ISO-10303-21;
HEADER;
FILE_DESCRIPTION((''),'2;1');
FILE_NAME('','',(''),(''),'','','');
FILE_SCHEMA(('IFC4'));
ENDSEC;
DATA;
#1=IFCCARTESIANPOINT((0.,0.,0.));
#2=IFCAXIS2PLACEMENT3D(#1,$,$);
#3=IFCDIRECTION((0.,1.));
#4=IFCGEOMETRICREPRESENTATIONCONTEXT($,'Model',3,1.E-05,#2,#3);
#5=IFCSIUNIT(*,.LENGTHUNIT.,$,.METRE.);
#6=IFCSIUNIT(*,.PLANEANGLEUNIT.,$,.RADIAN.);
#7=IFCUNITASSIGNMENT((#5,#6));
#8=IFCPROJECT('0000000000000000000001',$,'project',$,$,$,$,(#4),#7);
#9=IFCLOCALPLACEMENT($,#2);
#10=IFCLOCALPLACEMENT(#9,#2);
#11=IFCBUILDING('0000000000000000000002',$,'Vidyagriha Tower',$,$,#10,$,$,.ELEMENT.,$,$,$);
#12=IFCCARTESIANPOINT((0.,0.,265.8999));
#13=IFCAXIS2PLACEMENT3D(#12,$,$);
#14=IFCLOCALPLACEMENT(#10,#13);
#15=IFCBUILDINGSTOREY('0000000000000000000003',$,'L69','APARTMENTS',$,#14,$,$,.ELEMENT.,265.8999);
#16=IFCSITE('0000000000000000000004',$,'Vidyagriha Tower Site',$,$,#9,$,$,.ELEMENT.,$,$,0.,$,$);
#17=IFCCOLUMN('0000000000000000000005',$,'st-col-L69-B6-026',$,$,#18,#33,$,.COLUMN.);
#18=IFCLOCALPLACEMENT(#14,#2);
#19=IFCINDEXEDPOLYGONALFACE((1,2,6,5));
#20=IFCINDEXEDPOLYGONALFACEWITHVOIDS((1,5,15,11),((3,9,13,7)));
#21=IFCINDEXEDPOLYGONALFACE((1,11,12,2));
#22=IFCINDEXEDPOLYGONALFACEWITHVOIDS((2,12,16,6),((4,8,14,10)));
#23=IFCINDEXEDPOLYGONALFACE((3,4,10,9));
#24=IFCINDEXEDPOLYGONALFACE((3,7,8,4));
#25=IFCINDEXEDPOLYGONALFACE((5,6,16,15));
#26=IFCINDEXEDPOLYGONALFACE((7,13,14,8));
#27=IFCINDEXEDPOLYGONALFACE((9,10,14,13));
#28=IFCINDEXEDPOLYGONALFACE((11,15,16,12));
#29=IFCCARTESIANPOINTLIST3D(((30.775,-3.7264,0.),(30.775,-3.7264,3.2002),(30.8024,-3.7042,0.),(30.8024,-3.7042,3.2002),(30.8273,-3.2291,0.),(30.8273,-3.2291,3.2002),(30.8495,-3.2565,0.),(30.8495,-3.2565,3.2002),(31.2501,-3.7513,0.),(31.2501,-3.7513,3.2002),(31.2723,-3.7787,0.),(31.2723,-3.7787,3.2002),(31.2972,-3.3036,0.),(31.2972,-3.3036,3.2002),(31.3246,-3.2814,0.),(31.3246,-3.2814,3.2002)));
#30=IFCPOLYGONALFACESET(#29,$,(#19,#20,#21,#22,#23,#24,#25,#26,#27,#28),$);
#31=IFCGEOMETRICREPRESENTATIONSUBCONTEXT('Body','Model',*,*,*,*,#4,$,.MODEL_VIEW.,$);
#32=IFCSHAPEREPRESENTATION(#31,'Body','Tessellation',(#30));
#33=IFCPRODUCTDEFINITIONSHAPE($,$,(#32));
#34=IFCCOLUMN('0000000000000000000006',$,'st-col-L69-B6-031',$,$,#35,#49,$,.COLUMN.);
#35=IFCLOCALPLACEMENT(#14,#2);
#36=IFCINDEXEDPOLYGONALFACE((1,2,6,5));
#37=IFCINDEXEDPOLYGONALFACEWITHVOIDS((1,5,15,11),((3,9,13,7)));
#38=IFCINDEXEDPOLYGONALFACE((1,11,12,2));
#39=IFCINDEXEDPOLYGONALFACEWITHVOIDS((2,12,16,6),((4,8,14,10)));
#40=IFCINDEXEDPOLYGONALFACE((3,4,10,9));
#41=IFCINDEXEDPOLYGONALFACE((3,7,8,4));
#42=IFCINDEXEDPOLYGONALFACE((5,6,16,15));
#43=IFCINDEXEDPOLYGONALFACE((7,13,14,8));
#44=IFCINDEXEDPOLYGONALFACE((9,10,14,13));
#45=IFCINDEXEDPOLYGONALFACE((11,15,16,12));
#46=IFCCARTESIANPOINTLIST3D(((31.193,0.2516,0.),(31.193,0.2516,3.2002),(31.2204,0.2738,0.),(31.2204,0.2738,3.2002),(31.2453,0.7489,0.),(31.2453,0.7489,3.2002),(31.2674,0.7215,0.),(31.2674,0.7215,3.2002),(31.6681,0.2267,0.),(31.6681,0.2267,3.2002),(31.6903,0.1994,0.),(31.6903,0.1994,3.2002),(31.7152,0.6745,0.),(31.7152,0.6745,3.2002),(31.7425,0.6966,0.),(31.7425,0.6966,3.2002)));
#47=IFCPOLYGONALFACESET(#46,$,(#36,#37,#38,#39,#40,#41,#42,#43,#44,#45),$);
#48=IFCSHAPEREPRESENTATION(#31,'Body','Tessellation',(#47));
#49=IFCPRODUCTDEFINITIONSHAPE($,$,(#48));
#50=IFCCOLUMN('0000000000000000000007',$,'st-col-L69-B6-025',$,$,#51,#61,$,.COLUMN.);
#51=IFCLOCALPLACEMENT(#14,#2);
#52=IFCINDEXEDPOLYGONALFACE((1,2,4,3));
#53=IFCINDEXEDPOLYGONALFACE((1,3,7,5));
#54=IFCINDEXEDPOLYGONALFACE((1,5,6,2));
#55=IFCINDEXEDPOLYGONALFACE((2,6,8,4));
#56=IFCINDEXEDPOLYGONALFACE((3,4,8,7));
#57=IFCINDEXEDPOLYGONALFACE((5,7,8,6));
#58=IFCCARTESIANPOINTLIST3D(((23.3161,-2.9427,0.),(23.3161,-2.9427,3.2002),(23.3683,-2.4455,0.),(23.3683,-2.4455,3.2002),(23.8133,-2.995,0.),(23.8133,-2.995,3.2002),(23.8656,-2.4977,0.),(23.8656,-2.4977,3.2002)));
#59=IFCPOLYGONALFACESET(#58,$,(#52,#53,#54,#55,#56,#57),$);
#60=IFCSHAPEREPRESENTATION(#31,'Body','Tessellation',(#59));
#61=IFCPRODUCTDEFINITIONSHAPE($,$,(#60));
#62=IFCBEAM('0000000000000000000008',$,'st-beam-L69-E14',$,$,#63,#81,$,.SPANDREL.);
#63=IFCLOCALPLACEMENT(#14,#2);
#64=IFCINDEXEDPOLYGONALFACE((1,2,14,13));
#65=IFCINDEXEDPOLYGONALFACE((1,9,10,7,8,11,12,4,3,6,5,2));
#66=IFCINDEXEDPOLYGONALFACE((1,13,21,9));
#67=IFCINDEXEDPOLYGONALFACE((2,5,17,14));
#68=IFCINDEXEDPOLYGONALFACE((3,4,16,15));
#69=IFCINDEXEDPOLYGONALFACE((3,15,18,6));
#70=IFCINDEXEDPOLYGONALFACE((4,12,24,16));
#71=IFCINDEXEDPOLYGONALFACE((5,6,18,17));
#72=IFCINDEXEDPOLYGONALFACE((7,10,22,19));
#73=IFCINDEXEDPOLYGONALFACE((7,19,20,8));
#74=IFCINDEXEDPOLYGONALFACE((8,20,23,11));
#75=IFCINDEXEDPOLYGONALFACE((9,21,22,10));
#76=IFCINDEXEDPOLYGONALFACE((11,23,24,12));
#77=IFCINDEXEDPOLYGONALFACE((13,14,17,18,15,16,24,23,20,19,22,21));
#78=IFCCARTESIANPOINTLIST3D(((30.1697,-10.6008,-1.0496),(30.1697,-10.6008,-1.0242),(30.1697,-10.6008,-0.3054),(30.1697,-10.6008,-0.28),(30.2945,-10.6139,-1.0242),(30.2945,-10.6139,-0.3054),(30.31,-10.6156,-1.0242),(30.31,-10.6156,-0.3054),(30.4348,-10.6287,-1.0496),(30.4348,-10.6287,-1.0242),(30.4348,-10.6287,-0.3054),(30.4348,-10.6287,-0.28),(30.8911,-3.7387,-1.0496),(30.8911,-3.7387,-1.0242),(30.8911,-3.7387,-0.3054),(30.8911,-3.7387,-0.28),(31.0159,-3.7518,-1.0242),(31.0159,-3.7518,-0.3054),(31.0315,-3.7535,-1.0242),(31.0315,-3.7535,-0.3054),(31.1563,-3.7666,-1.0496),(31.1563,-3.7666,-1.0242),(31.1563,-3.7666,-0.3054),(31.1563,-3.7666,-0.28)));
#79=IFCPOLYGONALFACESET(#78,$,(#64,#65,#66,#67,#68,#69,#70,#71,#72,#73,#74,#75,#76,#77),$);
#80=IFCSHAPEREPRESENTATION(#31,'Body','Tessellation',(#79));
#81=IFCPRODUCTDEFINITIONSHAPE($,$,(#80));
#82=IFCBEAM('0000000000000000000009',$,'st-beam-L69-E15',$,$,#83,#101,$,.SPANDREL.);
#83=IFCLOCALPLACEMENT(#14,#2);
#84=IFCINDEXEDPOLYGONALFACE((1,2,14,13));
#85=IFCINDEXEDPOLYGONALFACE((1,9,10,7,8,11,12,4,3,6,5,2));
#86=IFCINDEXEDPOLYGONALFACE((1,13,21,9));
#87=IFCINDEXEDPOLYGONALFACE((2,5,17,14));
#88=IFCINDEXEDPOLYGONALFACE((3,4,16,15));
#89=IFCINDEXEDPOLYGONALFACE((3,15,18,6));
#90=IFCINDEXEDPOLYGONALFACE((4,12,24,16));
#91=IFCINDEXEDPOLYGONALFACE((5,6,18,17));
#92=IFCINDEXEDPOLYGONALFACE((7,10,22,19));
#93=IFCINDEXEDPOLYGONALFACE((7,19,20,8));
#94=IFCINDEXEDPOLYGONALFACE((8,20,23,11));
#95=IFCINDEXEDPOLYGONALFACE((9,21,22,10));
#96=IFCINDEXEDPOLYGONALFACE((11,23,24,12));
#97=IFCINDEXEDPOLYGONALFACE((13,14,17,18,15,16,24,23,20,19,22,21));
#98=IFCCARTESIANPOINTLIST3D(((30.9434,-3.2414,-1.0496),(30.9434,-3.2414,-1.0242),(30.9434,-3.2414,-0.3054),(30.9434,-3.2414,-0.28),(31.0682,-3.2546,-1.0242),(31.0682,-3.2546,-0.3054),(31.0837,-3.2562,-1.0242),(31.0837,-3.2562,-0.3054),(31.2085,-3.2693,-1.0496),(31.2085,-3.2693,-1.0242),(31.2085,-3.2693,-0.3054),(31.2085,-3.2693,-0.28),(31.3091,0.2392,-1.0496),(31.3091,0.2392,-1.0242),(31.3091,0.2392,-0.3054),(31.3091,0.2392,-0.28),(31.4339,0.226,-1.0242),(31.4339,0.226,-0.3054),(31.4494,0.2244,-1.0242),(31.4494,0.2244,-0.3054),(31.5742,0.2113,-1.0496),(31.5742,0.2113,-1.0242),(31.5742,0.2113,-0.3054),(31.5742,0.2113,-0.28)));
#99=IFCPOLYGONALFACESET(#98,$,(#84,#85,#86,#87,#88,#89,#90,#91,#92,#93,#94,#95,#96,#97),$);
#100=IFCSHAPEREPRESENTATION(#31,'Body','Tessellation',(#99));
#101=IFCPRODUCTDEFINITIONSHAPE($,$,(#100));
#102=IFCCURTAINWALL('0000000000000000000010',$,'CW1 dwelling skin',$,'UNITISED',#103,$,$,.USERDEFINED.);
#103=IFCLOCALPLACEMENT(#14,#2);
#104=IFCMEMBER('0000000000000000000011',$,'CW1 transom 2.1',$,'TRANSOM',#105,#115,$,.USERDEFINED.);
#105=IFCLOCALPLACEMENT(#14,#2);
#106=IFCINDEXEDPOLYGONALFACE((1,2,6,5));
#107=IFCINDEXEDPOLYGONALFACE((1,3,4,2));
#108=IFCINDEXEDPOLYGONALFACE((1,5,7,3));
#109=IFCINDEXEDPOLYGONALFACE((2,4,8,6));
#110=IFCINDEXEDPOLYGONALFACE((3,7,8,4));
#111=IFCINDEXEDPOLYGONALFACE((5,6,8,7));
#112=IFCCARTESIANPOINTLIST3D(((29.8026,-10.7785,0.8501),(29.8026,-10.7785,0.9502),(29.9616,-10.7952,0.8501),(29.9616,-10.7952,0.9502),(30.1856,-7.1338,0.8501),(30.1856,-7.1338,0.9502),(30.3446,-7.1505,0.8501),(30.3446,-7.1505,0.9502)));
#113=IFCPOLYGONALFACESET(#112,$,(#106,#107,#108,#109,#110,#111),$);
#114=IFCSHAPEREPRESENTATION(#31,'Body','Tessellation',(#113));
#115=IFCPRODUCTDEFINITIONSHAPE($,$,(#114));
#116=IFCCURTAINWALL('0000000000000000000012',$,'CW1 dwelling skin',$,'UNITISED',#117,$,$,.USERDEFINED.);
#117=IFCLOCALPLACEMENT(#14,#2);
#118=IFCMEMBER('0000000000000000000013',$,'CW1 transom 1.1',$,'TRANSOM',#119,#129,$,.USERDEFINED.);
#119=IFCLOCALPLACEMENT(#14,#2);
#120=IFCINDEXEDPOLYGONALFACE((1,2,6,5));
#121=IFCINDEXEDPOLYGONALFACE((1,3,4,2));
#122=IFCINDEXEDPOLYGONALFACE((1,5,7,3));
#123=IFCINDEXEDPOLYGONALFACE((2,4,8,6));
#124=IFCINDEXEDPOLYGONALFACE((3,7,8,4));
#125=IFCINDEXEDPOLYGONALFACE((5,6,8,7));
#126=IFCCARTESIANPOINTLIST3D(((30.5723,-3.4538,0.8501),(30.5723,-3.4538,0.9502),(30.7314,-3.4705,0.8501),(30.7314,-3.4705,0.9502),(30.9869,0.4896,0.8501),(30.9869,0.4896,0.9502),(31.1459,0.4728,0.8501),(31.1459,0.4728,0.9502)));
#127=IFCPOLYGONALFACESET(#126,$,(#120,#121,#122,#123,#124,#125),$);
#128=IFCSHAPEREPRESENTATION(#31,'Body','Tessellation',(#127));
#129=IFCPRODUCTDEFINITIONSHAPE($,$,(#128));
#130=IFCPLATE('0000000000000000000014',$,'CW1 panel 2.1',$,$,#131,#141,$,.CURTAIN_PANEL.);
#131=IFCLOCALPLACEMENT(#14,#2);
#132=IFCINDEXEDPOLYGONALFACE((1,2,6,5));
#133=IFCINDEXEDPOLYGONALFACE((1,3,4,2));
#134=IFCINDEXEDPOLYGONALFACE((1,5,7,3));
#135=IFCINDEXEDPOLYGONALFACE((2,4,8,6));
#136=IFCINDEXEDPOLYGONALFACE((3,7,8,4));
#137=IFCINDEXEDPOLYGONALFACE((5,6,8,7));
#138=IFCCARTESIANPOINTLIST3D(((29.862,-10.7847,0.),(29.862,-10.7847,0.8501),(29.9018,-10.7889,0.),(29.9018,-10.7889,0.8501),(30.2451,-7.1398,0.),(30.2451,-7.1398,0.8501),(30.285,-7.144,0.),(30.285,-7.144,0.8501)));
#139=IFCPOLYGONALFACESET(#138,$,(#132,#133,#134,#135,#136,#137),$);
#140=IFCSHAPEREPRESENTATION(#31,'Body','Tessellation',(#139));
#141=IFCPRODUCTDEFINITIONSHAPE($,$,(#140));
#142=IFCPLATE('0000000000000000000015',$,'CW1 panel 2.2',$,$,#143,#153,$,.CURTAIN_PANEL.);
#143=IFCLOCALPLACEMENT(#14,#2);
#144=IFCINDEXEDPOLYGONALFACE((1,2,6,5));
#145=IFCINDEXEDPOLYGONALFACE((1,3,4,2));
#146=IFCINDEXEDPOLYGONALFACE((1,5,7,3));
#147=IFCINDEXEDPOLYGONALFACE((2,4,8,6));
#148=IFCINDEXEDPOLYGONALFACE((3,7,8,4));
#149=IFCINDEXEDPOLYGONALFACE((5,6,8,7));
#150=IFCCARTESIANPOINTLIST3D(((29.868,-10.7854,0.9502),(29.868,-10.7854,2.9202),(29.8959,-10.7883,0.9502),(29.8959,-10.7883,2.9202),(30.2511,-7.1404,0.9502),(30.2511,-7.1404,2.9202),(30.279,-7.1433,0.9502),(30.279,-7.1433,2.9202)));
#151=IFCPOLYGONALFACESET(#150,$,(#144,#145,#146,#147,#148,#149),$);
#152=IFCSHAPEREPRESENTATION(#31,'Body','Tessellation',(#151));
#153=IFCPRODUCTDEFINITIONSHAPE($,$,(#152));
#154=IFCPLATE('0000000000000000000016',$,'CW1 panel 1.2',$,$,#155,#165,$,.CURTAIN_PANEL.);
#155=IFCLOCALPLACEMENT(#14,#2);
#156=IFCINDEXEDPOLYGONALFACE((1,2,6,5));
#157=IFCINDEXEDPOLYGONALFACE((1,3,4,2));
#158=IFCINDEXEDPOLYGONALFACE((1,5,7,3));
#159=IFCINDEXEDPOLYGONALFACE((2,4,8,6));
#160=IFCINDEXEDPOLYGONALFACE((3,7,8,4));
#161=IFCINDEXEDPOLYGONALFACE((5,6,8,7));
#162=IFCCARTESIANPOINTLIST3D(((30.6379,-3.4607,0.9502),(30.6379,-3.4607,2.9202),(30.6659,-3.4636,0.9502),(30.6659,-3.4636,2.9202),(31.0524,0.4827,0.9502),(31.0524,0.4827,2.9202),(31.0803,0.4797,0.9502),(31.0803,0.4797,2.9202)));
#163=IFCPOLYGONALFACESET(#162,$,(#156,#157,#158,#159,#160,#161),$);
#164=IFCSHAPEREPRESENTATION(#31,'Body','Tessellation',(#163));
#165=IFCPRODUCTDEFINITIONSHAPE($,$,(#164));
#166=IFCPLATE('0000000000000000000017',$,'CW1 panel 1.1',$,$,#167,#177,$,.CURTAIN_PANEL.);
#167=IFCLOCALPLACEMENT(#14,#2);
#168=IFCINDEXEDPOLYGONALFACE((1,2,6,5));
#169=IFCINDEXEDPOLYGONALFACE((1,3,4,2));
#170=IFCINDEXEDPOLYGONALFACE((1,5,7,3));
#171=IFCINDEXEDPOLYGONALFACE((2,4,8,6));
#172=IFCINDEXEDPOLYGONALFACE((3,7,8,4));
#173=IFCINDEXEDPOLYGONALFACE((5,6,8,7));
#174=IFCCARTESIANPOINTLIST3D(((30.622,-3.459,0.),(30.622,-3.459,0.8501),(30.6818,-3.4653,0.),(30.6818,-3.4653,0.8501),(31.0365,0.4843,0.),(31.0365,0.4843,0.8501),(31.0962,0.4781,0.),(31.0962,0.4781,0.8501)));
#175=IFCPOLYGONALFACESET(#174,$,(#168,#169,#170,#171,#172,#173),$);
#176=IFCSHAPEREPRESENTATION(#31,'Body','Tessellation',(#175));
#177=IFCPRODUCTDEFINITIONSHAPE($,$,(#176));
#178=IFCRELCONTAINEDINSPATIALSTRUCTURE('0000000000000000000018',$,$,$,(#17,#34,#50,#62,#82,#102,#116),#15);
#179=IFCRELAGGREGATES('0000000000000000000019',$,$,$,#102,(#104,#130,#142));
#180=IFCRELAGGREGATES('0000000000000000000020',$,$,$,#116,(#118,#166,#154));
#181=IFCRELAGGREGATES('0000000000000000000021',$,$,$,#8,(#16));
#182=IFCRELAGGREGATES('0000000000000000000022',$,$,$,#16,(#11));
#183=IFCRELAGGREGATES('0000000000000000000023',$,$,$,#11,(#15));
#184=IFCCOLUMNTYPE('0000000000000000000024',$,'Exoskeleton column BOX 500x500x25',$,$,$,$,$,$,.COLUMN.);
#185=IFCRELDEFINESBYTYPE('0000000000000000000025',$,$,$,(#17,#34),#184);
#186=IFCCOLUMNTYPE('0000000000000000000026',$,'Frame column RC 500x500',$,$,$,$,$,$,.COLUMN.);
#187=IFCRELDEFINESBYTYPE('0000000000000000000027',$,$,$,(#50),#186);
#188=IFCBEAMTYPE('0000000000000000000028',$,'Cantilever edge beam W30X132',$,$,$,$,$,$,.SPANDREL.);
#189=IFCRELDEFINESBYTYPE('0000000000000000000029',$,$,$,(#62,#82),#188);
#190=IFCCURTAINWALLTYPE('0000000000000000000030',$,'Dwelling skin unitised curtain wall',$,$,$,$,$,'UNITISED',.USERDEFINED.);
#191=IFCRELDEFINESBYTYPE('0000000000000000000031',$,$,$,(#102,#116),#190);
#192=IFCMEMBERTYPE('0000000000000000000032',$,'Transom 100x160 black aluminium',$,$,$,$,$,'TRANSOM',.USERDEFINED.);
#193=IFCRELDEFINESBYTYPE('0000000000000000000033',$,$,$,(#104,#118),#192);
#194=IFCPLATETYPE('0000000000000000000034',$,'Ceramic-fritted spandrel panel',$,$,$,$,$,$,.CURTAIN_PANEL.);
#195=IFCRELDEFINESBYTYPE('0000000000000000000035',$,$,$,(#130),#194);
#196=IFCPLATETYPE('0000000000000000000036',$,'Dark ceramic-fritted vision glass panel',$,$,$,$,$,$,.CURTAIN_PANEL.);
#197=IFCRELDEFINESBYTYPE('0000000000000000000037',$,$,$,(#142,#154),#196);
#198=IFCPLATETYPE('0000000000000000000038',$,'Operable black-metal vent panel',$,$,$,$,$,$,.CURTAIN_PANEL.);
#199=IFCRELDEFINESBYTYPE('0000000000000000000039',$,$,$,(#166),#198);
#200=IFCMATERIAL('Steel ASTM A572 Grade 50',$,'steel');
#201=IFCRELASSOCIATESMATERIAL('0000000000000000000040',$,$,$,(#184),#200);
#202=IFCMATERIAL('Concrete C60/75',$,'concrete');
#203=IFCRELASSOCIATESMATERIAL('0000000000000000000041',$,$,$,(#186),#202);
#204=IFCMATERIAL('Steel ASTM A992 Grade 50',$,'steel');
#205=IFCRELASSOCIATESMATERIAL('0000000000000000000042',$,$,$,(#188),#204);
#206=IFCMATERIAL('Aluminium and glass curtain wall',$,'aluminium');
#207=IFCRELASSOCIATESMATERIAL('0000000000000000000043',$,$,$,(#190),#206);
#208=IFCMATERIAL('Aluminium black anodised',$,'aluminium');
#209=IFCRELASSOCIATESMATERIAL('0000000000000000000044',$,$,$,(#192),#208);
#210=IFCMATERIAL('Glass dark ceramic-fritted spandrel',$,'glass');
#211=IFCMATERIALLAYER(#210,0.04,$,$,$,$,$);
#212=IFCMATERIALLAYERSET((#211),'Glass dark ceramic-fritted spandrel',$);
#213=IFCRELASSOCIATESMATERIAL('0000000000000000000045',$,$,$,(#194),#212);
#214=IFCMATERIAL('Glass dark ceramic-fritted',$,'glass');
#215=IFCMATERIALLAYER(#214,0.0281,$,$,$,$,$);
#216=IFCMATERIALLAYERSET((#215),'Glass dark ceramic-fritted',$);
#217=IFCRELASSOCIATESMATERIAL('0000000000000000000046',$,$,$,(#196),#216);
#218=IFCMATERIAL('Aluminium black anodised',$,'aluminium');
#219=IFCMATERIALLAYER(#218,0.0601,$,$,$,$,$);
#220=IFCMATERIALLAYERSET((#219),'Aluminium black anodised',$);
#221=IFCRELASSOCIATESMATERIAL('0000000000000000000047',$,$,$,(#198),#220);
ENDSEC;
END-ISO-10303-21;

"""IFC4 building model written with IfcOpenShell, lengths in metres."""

from ifc_helpers import new_model, si_unit, direction, frame, origin, origin_2d, place, context, subcontext, project, spatial, rectangle, hollow_rectangle, i_section, extrude, material, layer, layer_set, material_profile, profile_set, type_object, element, aggregate, save


model = new_model("IFC4")

# Units and contexts
model_context = context("Model", 3, precision=1e-05, world=origin(), true_north=direction((0.0, 1.0)))
body_context = subcontext(model_context, "Body", "Model", "MODEL_VIEW")
ifc_project = project(units=[si_unit("LENGTHUNIT", "METRE"), si_unit("PLANEANGLEUNIT", "RADIAN")], contexts=[model_context])

# Site, building, storey
site_placement = place(None, origin())
site = spatial("IfcSite", under=ifc_project, at=site_placement, Name="Vidyagriha Tower Site", CompositionType="ELEMENT", RefElevation=0.0)
building_placement = place(site_placement, origin())
building = spatial("IfcBuilding", under=site, at=building_placement, Name="Vidyagriha Tower", CompositionType="ELEMENT")
storey_placement = place(building_placement, frame((0.0, 0.0, 265.8999)))
storey = spatial("IfcBuildingStorey", under=building, at=storey_placement, Name="L69", Description="APARTMENTS", CompositionType="ELEMENT", Elevation=265.8999)

# Columns
ifc_material_1 = material(Name="Steel ASTM A572 Grade 50", Category="steel")
ifc_material_profile_1 = material_profile(ifc_material_1, hollow_rectangle(XDim=0.5, YDim=0.5, WallThickness=0.0249, at=origin_2d()), Name="BOX 500x500x25")
ifc_profile_set_1 = profile_set([ifc_material_profile_1], Name="Steel ASTM A572 Grade 50")
column_type_1 = type_object("IfcColumnType", Name="Exoskeleton column BOX 500x500x25", PredefinedType="COLUMN", material=ifc_profile_set_1)
for number, where, z_axis, x_axis, name in (
    (1, (31.0498, -3.5039, 0.0), (0.0, 0.0, 1.0), (0.994522, -0.104528, 0.0), "st-col-L69-B6-026"),
    (2, (31.4678, 0.4741, 0.0), (0.0, 0.0, 1.0), (0.994522, -0.104528, 0.0), "st-col-L69-B6-031"),
):
    element("IfcColumn", number, at=place(storey_placement, frame(where, z_axis=z_axis, x_axis=x_axis)), inside=storey, type_object=column_type_1, Name=name, PredefinedType="COLUMN", context=body_context, shape_type="SweptSolid", body=[
        extrude(hollow_rectangle(XDim=0.5, YDim=0.5, WallThickness=0.0249, at=origin_2d()), origin(), (0.0, 0.0, 1.0), 3.2002),
    ])
ifc_material_2 = material(Name="Concrete C60/75", Category="concrete")
ifc_material_profile_2 = material_profile(ifc_material_2, rectangle(XDim=0.5, YDim=0.5, at=origin_2d()), Name="RC 500x500")
ifc_profile_set_2 = profile_set([ifc_material_profile_2], Name="Concrete C60/75")
column_type_2 = type_object("IfcColumnType", Name="Frame column RC 500x500", PredefinedType="COLUMN", material=ifc_profile_set_2)
column_placement = place(storey_placement, frame((23.5908, -2.7202, 0.0), z_axis=(0.0, 0.0, 1.0), x_axis=(0.994522, -0.104528, 0.0)))
element("IfcColumn", 3, at=column_placement, inside=storey, type_object=column_type_2, Name="st-col-L69-B6-025", PredefinedType="COLUMN", context=body_context, shape_type="SweptSolid", body=[
    extrude(rectangle(XDim=0.5, YDim=0.5, at=origin_2d()), origin(), (0.0, 0.0, 1.0), 3.2002),
])

# Beams
ifc_material_3 = material(Name="Steel ASTM A992 Grade 50", Category="steel")
ifc_material_profile_3 = material_profile(ifc_material_3, i_section(OverallWidth=0.2666, OverallDepth=0.7695, WebThickness=0.0156, FlangeThickness=0.0254, at=origin_2d()), Name="W30X132")
ifc_profile_set_3 = profile_set([ifc_material_profile_3], Name="Steel ASTM A992 Grade 50")
beam_type = type_object("IfcBeamType", Name="Cantilever edge beam W30X132", PredefinedType="SPANDREL", material=ifc_profile_set_3)
beam_1_placement = place(storey_placement, frame((30.3022, -10.6147, -0.6648), z_axis=(0.104558, 0.994519, 0.0), x_axis=(-0.994519, 0.104558, 0.0)))
element("IfcBeam", 4, at=beam_1_placement, inside=storey, type_object=beam_type, Name="st-beam-L69-E14", PredefinedType="SPANDREL", context=body_context, shape_type="SweptSolid", body=[
    extrude(i_section(OverallWidth=0.2666, OverallDepth=0.7695, WebThickness=0.0156, FlangeThickness=0.0254, at=origin_2d()), origin(), (0.0, 0.0, 1.0), 6.8999),
])
beam_2_placement = place(storey_placement, frame((31.0759, -3.2554, -0.6648), z_axis=(0.104496, 0.994525, 0.0), x_axis=(-0.994525, 0.104496, 0.0)))
element("IfcBeam", 5, at=beam_2_placement, inside=storey, type_object=beam_type, Name="st-beam-L69-E15", PredefinedType="SPANDREL", context=body_context, shape_type="SweptSolid", body=[
    extrude(i_section(OverallWidth=0.2666, OverallDepth=0.7695, WebThickness=0.0156, FlangeThickness=0.0254, at=origin_2d()), origin(), (0.0, 0.0, 1.0), 3.4998),
])

# Curtain walls, members
ifc_material_4 = material(Name="Aluminium and glass curtain wall", Category="aluminium")
curtain_wall_type = type_object("IfcCurtainWallType", Name="Dwelling skin unitised curtain wall", ElementType="UNITISED", PredefinedType="USERDEFINED", material=ifc_material_4)
curtain_wall_1_placement = place(storey_placement, origin())
curtain_wall_1 = element("IfcCurtainWall", 6, at=curtain_wall_1_placement, inside=storey, type_object=curtain_wall_type, Name="CW1 dwelling skin", ObjectType="UNITISED", PredefinedType="USERDEFINED")
ifc_material_5 = material(Name="Aluminium black anodised", Category="aluminium")
ifc_material_profile_4 = material_profile(ifc_material_5, rectangle(XDim=0.1599, YDim=0.1001, at=origin_2d()), Name="Transom 100x160 black aluminium")
ifc_profile_set_4 = profile_set([ifc_material_profile_4], Name="Aluminium black anodised")
member_type = type_object("IfcMemberType", Name="Transom 100x160 black aluminium", ElementType="TRANSOM", PredefinedType="USERDEFINED", material=ifc_profile_set_4)
member_1_placement = place(storey_placement, frame((29.8821, -10.7869, 0.9001), z_axis=(0.104522, 0.994523, 0.0), x_axis=(-0.994523, 0.104522, 0.0)))
member_1 = element("IfcMember", 7, at=member_1_placement, type_object=member_type, Name="CW1 transom 2.1", ObjectType="TRANSOM", PredefinedType="USERDEFINED", context=body_context, shape_type="SweptSolid", body=[
    extrude(rectangle(XDim=0.1599, YDim=0.1001, at=origin_2d()), origin(), (0.0, 0.0, 1.0), 3.6648),
])
curtain_wall_2_placement = place(storey_placement, origin())
curtain_wall_2 = element("IfcCurtainWall", 8, at=curtain_wall_2_placement, inside=storey, type_object=curtain_wall_type, Name="CW1 dwelling skin", ObjectType="UNITISED", PredefinedType="USERDEFINED")
member_2_placement = place(storey_placement, frame((30.6519, -3.4622, 0.9001), z_axis=(0.10455, 0.99452, 0.0), x_axis=(-0.99452, 0.10455, 0.0)))
member_2 = element("IfcMember", 9, at=member_2_placement, type_object=member_type, Name="CW1 transom 1.1", ObjectType="TRANSOM", PredefinedType="USERDEFINED", context=body_context, shape_type="SweptSolid", body=[
    extrude(rectangle(XDim=0.1599, YDim=0.1001, at=origin_2d()), origin(), (0.0, 0.0, 1.0), 3.9651),
])

# Plates
ifc_material_6 = material(Name="Glass dark ceramic-fritted spandrel", Category="glass")
ifc_layer_1 = layer(ifc_material_6, 0.04)
ifc_layer_set_1 = layer_set([ifc_layer_1], Name="Glass dark ceramic-fritted spandrel")
plate_type_1 = type_object("IfcPlateType", Name="Ceramic-fritted spandrel panel", PredefinedType="CURTAIN_PANEL", material=ifc_layer_set_1)
plate_1_placement = place(storey_placement, frame((30.0735, -8.9644, 0.0), z_axis=(0.0, 0.0, 1.0), x_axis=(0.104533, 0.994521, 0.0)))
plate_1 = element("IfcPlate", 10, at=plate_1_placement, type_object=plate_type_1, Name="CW1 panel 2.1", PredefinedType="CURTAIN_PANEL", context=body_context, shape_type="SweptSolid", body=[
    extrude(rectangle(XDim=3.665, YDim=0.04, at=origin_2d()), origin(), (0.0, 0.0, 1.0), 0.8501),
])
ifc_material_7 = material(Name="Glass dark ceramic-fritted", Category="glass")
ifc_layer_2 = layer(ifc_material_7, 0.0281)
ifc_layer_set_2 = layer_set([ifc_layer_2], Name="Glass dark ceramic-fritted")
plate_type_2 = type_object("IfcPlateType", Name="Dark ceramic-fritted vision glass panel", PredefinedType="CURTAIN_PANEL", material=ifc_layer_set_2)
plate_2_placement = place(storey_placement, frame((30.0735, -8.9644, 0.9502), z_axis=(0.0, 0.0, 1.0), x_axis=(0.104533, 0.994521, 0.0)))
plate_2 = element("IfcPlate", 11, at=plate_2_placement, type_object=plate_type_2, Name="CW1 panel 2.2", PredefinedType="CURTAIN_PANEL", context=body_context, shape_type="SweptSolid", body=[
    extrude(rectangle(XDim=3.665, YDim=0.0281, at=origin_2d()), origin(), (0.0, 0.0, 1.0), 1.97),
])
aggregate(curtain_wall_1, [member_1, plate_1, plate_2])
plate_3_placement = place(storey_placement, frame((30.8591, -1.4905, 0.9502), z_axis=(0.0, 0.0, 1.0), x_axis=(0.10453, 0.994522, 0.0)))
plate_3 = element("IfcPlate", 12, at=plate_3_placement, type_object=plate_type_2, Name="CW1 panel 1.2", PredefinedType="CURTAIN_PANEL", context=body_context, shape_type="SweptSolid", body=[
    extrude(rectangle(XDim=3.9651, YDim=0.0281, at=origin_2d()), origin(), (0.0, 0.0, 1.0), 1.97),
])
ifc_material_8 = material(Name="Aluminium black anodised", Category="aluminium")
ifc_layer_3 = layer(ifc_material_8, 0.0601)
ifc_layer_set_3 = layer_set([ifc_layer_3], Name="Aluminium black anodised")
plate_type_3 = type_object("IfcPlateType", Name="Operable black-metal vent panel", PredefinedType="CURTAIN_PANEL", material=ifc_layer_set_3)
plate_4_placement = place(storey_placement, frame((30.8591, -1.4905, 0.0), z_axis=(0.0, 0.0, 1.0), x_axis=(0.10453, 0.994522, 0.0)))
plate_4 = element("IfcPlate", 13, at=plate_4_placement, type_object=plate_type_3, Name="CW1 panel 1.1", PredefinedType="CURTAIN_PANEL", context=body_context, shape_type="SweptSolid", body=[
    extrude(rectangle(XDim=3.9651, YDim=0.0601, at=origin_2d()), origin(), (0.0, 0.0, 1.0), 0.8501),
])
aggregate(curtain_wall_2, [member_2, plate_4, plate_3])

save(model, "model.ifc")
